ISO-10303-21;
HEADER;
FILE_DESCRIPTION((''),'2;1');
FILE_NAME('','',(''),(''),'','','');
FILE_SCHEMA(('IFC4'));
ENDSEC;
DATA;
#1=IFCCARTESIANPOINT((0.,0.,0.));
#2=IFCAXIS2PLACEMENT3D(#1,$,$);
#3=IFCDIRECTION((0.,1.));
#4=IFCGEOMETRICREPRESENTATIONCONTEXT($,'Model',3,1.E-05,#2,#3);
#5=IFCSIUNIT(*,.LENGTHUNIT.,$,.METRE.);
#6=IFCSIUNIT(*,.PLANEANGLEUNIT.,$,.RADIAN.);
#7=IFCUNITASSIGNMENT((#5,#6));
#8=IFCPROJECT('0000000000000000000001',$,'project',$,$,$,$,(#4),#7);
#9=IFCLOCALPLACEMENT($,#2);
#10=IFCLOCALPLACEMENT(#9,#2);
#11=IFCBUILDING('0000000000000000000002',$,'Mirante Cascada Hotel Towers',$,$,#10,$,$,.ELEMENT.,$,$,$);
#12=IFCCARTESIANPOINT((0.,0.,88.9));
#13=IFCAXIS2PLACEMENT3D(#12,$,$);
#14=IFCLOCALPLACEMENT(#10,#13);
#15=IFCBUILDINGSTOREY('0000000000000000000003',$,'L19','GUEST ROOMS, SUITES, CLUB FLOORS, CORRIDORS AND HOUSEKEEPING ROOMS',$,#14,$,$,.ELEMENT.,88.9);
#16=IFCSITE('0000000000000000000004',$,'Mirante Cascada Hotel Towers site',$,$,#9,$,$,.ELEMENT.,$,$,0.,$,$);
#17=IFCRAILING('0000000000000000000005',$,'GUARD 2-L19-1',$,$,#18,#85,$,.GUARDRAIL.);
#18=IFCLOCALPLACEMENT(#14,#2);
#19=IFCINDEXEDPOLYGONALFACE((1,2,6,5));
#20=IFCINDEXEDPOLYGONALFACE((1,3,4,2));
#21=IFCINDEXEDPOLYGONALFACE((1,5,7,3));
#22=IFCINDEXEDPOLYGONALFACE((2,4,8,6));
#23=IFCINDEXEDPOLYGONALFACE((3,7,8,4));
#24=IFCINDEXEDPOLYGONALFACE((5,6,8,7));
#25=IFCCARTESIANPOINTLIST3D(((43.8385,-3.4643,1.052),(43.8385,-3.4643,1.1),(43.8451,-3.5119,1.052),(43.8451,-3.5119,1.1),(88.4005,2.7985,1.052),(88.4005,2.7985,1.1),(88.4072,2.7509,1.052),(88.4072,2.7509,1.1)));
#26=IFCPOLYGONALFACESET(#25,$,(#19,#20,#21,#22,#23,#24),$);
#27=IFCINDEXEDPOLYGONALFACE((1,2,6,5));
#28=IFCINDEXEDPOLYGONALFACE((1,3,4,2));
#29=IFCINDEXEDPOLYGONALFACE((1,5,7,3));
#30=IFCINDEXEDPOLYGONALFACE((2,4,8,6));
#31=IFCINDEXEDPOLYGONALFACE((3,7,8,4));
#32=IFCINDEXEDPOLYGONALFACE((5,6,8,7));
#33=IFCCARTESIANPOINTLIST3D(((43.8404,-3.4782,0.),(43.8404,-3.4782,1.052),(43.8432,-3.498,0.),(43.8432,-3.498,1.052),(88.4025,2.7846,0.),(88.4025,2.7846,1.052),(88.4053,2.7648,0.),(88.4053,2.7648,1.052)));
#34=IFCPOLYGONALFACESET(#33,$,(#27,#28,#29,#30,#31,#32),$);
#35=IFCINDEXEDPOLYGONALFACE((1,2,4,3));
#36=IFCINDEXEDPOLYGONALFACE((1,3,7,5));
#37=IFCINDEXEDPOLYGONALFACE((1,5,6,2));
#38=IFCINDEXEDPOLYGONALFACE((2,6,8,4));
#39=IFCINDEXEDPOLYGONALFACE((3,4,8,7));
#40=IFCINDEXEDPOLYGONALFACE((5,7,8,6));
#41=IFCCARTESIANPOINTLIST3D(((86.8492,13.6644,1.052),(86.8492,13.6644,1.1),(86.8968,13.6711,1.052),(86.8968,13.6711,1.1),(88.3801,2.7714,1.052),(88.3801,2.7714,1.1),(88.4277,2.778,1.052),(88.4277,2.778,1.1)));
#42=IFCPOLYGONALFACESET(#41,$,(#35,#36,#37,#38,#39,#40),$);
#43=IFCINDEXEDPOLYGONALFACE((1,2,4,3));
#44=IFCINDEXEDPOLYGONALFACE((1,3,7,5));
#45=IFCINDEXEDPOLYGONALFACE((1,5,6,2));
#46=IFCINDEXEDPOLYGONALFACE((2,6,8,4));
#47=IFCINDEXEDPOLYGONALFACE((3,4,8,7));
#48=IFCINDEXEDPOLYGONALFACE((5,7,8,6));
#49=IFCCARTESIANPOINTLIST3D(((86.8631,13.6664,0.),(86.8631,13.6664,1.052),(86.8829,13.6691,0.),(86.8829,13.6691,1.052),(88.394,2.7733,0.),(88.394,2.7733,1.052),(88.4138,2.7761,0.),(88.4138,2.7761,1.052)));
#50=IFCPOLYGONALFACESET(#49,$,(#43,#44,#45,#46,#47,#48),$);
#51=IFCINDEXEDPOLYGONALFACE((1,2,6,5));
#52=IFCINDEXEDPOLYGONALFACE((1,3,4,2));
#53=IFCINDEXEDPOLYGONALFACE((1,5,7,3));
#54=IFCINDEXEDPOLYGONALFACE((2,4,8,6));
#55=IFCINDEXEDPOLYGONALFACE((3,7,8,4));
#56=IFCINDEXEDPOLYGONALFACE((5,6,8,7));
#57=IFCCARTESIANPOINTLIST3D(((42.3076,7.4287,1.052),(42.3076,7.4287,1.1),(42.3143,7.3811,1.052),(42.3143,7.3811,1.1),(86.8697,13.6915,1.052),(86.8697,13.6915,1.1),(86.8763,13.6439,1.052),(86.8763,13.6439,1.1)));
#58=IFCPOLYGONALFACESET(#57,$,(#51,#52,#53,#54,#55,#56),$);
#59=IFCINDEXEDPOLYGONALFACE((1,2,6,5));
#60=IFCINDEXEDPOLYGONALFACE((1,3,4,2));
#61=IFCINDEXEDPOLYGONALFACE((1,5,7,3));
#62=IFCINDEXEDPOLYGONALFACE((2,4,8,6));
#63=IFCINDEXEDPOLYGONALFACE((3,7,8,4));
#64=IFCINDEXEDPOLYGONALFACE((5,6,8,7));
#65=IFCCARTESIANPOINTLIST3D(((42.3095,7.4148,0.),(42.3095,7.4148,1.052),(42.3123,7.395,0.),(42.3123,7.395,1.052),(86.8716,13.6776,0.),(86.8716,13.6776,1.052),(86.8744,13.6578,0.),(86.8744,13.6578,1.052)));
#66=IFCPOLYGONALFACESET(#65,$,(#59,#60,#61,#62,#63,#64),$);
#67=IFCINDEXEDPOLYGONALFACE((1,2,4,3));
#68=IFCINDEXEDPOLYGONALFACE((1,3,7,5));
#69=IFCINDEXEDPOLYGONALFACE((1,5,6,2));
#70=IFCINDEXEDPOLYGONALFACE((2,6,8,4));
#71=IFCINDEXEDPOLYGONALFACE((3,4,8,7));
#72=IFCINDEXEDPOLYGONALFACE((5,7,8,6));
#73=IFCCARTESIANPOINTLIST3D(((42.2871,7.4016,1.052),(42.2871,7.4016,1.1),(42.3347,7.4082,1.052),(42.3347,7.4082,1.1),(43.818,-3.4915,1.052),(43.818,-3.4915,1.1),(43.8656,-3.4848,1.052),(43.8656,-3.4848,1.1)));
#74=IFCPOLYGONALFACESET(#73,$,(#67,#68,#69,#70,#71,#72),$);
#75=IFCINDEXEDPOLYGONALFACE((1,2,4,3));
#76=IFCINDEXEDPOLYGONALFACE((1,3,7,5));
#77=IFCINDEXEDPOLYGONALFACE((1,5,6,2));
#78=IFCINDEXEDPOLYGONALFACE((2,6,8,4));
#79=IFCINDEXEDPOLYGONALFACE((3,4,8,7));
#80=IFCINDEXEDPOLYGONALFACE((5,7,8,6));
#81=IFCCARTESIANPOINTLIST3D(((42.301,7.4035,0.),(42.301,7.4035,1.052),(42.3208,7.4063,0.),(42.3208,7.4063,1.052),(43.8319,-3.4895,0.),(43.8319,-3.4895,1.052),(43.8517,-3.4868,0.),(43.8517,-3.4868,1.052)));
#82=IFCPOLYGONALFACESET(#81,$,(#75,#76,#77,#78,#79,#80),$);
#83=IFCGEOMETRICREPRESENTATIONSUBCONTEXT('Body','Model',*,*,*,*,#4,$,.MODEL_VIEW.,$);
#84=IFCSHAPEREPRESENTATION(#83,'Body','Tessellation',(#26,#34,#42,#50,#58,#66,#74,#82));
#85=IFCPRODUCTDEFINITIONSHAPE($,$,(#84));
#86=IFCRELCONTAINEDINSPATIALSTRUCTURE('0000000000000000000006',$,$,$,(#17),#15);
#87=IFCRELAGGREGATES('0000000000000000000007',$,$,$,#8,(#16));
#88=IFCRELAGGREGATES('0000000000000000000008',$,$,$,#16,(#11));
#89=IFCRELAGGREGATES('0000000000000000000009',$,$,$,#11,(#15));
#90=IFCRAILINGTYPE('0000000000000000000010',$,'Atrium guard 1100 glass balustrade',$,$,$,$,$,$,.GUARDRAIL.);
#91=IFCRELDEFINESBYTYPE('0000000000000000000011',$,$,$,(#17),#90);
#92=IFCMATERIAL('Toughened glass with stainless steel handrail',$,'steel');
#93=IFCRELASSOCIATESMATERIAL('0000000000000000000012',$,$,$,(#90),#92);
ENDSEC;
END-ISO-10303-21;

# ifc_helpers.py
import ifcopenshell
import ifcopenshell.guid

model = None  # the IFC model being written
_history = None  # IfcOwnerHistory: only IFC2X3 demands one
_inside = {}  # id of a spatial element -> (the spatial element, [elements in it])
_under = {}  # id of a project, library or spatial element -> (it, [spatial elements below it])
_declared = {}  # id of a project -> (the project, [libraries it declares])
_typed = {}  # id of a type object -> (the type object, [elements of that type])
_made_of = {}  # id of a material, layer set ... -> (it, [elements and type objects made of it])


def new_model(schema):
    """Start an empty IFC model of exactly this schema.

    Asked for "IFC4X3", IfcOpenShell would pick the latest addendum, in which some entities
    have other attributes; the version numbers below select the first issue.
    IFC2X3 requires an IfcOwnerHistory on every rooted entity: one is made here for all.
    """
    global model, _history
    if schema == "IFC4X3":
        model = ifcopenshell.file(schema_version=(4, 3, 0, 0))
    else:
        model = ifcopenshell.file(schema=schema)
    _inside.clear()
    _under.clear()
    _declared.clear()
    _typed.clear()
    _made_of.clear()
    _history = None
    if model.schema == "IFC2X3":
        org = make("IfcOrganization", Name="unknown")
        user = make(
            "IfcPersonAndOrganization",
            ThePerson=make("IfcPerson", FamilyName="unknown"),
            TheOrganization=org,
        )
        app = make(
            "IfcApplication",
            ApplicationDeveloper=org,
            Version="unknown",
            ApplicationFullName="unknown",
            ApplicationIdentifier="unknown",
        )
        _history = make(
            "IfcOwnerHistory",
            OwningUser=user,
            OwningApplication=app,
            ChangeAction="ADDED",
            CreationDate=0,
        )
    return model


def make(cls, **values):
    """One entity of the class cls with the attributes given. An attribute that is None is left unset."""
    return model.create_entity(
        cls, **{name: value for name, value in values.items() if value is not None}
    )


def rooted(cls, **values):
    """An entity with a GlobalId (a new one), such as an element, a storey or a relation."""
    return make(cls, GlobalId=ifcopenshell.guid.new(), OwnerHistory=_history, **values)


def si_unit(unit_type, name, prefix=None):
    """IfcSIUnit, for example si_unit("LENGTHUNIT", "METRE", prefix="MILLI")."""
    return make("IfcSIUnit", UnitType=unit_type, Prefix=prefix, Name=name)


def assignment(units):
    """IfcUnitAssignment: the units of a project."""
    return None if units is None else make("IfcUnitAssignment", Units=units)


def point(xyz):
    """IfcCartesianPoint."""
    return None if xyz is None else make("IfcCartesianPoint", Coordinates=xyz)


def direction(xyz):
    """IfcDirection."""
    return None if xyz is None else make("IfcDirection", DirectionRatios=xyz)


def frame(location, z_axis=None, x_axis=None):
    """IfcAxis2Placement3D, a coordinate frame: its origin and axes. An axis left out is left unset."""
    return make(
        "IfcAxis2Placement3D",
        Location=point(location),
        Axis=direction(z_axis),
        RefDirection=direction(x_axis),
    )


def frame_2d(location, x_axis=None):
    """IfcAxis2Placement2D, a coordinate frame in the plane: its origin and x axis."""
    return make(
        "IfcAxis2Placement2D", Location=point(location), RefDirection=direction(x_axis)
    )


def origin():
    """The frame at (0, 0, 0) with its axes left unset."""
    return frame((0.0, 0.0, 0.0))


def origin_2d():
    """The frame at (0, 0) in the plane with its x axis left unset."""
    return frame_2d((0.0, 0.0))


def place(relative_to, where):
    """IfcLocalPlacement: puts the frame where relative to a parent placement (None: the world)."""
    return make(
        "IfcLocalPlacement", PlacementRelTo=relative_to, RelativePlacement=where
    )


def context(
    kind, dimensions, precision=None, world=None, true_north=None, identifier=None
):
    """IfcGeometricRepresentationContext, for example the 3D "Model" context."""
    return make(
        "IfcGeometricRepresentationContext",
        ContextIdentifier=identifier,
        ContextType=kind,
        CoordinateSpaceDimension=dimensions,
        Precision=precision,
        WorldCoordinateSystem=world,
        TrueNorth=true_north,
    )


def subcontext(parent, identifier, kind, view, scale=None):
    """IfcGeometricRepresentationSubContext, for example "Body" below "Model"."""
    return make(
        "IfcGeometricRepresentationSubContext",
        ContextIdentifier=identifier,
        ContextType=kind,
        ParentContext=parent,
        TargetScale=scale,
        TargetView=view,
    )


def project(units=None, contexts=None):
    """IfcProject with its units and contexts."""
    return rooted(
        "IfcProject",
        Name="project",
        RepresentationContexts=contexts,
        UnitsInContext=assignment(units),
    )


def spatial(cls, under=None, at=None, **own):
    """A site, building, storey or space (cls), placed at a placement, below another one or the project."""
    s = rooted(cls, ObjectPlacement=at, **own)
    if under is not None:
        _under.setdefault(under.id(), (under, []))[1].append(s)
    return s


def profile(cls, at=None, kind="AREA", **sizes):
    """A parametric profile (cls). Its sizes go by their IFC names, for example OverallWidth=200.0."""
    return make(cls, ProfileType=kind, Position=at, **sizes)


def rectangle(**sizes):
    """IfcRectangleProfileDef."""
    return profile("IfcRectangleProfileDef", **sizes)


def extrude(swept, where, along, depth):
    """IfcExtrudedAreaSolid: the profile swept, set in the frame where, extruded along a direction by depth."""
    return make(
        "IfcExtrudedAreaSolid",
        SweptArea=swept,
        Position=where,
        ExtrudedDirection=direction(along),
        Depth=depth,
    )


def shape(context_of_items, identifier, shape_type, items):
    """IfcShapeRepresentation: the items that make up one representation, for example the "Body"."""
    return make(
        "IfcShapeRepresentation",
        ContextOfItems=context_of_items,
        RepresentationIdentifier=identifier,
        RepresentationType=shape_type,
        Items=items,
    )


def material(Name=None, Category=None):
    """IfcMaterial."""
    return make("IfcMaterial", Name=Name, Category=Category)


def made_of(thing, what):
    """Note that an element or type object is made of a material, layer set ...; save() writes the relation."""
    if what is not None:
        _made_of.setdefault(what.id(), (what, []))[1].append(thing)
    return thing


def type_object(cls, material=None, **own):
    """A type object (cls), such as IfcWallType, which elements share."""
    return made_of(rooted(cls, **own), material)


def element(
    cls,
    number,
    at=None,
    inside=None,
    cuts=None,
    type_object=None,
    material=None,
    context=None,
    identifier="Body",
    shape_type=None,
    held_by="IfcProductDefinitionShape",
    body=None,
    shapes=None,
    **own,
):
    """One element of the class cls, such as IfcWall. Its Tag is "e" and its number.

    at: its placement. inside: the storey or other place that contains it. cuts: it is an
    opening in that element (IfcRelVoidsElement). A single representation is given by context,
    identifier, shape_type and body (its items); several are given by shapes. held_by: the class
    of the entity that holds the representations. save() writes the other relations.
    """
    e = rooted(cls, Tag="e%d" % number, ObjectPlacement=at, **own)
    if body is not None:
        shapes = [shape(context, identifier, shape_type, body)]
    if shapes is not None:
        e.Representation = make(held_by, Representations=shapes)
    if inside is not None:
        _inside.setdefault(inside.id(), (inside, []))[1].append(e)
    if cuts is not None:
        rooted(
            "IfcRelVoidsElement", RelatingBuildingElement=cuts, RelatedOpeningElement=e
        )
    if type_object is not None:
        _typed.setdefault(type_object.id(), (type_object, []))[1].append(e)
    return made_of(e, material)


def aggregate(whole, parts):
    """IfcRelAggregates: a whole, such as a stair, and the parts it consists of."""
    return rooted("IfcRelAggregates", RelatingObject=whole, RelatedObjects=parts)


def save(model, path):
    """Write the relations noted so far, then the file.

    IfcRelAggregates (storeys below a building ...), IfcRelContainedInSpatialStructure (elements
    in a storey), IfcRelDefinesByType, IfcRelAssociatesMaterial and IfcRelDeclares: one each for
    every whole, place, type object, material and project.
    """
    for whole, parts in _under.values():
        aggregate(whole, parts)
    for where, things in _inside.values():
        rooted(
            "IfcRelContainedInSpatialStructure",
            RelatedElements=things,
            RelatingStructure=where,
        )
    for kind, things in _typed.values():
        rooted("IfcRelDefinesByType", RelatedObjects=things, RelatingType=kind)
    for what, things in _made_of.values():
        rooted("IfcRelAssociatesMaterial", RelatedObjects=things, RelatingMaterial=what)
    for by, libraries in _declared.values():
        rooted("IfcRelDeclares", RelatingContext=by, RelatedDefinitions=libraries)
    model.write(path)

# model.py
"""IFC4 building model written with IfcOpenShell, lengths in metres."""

from ifc_helpers import new_model, si_unit, direction, frame, origin, origin_2d, place, context, subcontext, project, spatial, rectangle, extrude, material, type_object, element, save


model = new_model("IFC4")

# Units and contexts
model_context = context("Model", 3, precision=1e-05, world=origin(), true_north=direction((0.0, 1.0)))
body_context = subcontext(model_context, "Body", "Model", "MODEL_VIEW")
ifc_project = project(units=[si_unit("LENGTHUNIT", "METRE"), si_unit("PLANEANGLEUNIT", "RADIAN")], contexts=[model_context])

# Site, building, storey
site_placement = place(None, origin())
site = spatial("IfcSite", under=ifc_project, at=site_placement, Name="Mirante Cascada Hotel Towers site", CompositionType="ELEMENT", RefElevation=0.0)
building_placement = place(site_placement, origin())
building = spatial("IfcBuilding", under=site, at=building_placement, Name="Mirante Cascada Hotel Towers", CompositionType="ELEMENT")
storey_placement = place(building_placement, frame((0.0, 0.0, 88.9)))
storey = spatial("IfcBuildingStorey", under=building, at=storey_placement, Name="L19", Description="GUEST ROOMS, SUITES, CLUB FLOORS, CORRIDORS AND HOUSEKEEPING ROOMS", CompositionType="ELEMENT", Elevation=88.9)

# Railing
ifc_material_1 = material(Name="Toughened glass with stainless steel handrail", Category="steel")
railing_type = type_object("IfcRailingType", Name="Atrium guard 1100 glass balustrade", PredefinedType="GUARDRAIL", material=ifc_material_1)
railing_placement = place(storey_placement, frame((43.8418, -3.4881, 0.0)))
element("IfcRailing", 1, at=railing_placement, inside=storey, type_object=railing_type, Name="GUARD 2-L19-1", PredefinedType="GUARDRAIL", context=body_context, shape_type="SweptSolid", body=[
    extrude(rectangle(XDim=0.048, YDim=0.048, at=origin_2d()), frame((0.0, 0.0, 1.076), z_axis=(0.990268, 0.139173, 0.0), x_axis=(-0.139173, 0.990268, 0.0)), (0.0, 0.0, 1.0), 45.0),
    extrude(rectangle(XDim=0.02, YDim=1.052, at=origin_2d()), frame((0.0, 0.0, 0.526), z_axis=(0.990268, 0.139173, 0.0), x_axis=(-0.139173, 0.990268, 0.0)), (0.0, 0.0, 1.0), 45.0),
    extrude(rectangle(XDim=0.048, YDim=0.048, at=origin_2d()), frame((44.5621, 6.2628, 1.076), z_axis=(-0.139172, 0.990268, 0.0), x_axis=(-0.990268, -0.139172, 0.0)), (0.0, 0.0, 1.0), 11.0001),
    extrude(rectangle(XDim=0.02, YDim=1.052, at=origin_2d()), frame((44.5621, 6.2628, 0.526), z_axis=(-0.139172, 0.990268, 0.0), x_axis=(-0.990268, -0.139172, 0.0)), (0.0, 0.0, 1.0), 11.0001),
    extrude(rectangle(XDim=0.048, YDim=0.048, at=origin_2d()), frame((43.0312, 17.1558, 1.076), z_axis=(-0.990268, -0.139173, 0.0), x_axis=(0.139173, -0.990268, 0.0)), (0.0, 0.0, 1.0), 45.0),
    extrude(rectangle(XDim=0.02, YDim=1.052, at=origin_2d()), frame((43.0312, 17.1558, 0.526), z_axis=(-0.990268, -0.139173, 0.0), x_axis=(0.139173, -0.990268, 0.0)), (0.0, 0.0, 1.0), 45.0),
    extrude(rectangle(XDim=0.048, YDim=0.048, at=origin_2d()), frame((-1.5309, 10.893, 1.076), z_axis=(0.139172, -0.990268, 0.0), x_axis=(0.990268, 0.139172, 0.0)), (0.0, 0.0, 1.0), 11.0001),
    extrude(rectangle(XDim=0.02, YDim=1.052, at=origin_2d()), frame((-1.5309, 10.893, 0.526), z_axis=(0.139172, -0.990268, 0.0), x_axis=(0.990268, 0.139172, 0.0)), (0.0, 0.0, 1.0), 11.0001),
])

save(model, "model.ifc")
